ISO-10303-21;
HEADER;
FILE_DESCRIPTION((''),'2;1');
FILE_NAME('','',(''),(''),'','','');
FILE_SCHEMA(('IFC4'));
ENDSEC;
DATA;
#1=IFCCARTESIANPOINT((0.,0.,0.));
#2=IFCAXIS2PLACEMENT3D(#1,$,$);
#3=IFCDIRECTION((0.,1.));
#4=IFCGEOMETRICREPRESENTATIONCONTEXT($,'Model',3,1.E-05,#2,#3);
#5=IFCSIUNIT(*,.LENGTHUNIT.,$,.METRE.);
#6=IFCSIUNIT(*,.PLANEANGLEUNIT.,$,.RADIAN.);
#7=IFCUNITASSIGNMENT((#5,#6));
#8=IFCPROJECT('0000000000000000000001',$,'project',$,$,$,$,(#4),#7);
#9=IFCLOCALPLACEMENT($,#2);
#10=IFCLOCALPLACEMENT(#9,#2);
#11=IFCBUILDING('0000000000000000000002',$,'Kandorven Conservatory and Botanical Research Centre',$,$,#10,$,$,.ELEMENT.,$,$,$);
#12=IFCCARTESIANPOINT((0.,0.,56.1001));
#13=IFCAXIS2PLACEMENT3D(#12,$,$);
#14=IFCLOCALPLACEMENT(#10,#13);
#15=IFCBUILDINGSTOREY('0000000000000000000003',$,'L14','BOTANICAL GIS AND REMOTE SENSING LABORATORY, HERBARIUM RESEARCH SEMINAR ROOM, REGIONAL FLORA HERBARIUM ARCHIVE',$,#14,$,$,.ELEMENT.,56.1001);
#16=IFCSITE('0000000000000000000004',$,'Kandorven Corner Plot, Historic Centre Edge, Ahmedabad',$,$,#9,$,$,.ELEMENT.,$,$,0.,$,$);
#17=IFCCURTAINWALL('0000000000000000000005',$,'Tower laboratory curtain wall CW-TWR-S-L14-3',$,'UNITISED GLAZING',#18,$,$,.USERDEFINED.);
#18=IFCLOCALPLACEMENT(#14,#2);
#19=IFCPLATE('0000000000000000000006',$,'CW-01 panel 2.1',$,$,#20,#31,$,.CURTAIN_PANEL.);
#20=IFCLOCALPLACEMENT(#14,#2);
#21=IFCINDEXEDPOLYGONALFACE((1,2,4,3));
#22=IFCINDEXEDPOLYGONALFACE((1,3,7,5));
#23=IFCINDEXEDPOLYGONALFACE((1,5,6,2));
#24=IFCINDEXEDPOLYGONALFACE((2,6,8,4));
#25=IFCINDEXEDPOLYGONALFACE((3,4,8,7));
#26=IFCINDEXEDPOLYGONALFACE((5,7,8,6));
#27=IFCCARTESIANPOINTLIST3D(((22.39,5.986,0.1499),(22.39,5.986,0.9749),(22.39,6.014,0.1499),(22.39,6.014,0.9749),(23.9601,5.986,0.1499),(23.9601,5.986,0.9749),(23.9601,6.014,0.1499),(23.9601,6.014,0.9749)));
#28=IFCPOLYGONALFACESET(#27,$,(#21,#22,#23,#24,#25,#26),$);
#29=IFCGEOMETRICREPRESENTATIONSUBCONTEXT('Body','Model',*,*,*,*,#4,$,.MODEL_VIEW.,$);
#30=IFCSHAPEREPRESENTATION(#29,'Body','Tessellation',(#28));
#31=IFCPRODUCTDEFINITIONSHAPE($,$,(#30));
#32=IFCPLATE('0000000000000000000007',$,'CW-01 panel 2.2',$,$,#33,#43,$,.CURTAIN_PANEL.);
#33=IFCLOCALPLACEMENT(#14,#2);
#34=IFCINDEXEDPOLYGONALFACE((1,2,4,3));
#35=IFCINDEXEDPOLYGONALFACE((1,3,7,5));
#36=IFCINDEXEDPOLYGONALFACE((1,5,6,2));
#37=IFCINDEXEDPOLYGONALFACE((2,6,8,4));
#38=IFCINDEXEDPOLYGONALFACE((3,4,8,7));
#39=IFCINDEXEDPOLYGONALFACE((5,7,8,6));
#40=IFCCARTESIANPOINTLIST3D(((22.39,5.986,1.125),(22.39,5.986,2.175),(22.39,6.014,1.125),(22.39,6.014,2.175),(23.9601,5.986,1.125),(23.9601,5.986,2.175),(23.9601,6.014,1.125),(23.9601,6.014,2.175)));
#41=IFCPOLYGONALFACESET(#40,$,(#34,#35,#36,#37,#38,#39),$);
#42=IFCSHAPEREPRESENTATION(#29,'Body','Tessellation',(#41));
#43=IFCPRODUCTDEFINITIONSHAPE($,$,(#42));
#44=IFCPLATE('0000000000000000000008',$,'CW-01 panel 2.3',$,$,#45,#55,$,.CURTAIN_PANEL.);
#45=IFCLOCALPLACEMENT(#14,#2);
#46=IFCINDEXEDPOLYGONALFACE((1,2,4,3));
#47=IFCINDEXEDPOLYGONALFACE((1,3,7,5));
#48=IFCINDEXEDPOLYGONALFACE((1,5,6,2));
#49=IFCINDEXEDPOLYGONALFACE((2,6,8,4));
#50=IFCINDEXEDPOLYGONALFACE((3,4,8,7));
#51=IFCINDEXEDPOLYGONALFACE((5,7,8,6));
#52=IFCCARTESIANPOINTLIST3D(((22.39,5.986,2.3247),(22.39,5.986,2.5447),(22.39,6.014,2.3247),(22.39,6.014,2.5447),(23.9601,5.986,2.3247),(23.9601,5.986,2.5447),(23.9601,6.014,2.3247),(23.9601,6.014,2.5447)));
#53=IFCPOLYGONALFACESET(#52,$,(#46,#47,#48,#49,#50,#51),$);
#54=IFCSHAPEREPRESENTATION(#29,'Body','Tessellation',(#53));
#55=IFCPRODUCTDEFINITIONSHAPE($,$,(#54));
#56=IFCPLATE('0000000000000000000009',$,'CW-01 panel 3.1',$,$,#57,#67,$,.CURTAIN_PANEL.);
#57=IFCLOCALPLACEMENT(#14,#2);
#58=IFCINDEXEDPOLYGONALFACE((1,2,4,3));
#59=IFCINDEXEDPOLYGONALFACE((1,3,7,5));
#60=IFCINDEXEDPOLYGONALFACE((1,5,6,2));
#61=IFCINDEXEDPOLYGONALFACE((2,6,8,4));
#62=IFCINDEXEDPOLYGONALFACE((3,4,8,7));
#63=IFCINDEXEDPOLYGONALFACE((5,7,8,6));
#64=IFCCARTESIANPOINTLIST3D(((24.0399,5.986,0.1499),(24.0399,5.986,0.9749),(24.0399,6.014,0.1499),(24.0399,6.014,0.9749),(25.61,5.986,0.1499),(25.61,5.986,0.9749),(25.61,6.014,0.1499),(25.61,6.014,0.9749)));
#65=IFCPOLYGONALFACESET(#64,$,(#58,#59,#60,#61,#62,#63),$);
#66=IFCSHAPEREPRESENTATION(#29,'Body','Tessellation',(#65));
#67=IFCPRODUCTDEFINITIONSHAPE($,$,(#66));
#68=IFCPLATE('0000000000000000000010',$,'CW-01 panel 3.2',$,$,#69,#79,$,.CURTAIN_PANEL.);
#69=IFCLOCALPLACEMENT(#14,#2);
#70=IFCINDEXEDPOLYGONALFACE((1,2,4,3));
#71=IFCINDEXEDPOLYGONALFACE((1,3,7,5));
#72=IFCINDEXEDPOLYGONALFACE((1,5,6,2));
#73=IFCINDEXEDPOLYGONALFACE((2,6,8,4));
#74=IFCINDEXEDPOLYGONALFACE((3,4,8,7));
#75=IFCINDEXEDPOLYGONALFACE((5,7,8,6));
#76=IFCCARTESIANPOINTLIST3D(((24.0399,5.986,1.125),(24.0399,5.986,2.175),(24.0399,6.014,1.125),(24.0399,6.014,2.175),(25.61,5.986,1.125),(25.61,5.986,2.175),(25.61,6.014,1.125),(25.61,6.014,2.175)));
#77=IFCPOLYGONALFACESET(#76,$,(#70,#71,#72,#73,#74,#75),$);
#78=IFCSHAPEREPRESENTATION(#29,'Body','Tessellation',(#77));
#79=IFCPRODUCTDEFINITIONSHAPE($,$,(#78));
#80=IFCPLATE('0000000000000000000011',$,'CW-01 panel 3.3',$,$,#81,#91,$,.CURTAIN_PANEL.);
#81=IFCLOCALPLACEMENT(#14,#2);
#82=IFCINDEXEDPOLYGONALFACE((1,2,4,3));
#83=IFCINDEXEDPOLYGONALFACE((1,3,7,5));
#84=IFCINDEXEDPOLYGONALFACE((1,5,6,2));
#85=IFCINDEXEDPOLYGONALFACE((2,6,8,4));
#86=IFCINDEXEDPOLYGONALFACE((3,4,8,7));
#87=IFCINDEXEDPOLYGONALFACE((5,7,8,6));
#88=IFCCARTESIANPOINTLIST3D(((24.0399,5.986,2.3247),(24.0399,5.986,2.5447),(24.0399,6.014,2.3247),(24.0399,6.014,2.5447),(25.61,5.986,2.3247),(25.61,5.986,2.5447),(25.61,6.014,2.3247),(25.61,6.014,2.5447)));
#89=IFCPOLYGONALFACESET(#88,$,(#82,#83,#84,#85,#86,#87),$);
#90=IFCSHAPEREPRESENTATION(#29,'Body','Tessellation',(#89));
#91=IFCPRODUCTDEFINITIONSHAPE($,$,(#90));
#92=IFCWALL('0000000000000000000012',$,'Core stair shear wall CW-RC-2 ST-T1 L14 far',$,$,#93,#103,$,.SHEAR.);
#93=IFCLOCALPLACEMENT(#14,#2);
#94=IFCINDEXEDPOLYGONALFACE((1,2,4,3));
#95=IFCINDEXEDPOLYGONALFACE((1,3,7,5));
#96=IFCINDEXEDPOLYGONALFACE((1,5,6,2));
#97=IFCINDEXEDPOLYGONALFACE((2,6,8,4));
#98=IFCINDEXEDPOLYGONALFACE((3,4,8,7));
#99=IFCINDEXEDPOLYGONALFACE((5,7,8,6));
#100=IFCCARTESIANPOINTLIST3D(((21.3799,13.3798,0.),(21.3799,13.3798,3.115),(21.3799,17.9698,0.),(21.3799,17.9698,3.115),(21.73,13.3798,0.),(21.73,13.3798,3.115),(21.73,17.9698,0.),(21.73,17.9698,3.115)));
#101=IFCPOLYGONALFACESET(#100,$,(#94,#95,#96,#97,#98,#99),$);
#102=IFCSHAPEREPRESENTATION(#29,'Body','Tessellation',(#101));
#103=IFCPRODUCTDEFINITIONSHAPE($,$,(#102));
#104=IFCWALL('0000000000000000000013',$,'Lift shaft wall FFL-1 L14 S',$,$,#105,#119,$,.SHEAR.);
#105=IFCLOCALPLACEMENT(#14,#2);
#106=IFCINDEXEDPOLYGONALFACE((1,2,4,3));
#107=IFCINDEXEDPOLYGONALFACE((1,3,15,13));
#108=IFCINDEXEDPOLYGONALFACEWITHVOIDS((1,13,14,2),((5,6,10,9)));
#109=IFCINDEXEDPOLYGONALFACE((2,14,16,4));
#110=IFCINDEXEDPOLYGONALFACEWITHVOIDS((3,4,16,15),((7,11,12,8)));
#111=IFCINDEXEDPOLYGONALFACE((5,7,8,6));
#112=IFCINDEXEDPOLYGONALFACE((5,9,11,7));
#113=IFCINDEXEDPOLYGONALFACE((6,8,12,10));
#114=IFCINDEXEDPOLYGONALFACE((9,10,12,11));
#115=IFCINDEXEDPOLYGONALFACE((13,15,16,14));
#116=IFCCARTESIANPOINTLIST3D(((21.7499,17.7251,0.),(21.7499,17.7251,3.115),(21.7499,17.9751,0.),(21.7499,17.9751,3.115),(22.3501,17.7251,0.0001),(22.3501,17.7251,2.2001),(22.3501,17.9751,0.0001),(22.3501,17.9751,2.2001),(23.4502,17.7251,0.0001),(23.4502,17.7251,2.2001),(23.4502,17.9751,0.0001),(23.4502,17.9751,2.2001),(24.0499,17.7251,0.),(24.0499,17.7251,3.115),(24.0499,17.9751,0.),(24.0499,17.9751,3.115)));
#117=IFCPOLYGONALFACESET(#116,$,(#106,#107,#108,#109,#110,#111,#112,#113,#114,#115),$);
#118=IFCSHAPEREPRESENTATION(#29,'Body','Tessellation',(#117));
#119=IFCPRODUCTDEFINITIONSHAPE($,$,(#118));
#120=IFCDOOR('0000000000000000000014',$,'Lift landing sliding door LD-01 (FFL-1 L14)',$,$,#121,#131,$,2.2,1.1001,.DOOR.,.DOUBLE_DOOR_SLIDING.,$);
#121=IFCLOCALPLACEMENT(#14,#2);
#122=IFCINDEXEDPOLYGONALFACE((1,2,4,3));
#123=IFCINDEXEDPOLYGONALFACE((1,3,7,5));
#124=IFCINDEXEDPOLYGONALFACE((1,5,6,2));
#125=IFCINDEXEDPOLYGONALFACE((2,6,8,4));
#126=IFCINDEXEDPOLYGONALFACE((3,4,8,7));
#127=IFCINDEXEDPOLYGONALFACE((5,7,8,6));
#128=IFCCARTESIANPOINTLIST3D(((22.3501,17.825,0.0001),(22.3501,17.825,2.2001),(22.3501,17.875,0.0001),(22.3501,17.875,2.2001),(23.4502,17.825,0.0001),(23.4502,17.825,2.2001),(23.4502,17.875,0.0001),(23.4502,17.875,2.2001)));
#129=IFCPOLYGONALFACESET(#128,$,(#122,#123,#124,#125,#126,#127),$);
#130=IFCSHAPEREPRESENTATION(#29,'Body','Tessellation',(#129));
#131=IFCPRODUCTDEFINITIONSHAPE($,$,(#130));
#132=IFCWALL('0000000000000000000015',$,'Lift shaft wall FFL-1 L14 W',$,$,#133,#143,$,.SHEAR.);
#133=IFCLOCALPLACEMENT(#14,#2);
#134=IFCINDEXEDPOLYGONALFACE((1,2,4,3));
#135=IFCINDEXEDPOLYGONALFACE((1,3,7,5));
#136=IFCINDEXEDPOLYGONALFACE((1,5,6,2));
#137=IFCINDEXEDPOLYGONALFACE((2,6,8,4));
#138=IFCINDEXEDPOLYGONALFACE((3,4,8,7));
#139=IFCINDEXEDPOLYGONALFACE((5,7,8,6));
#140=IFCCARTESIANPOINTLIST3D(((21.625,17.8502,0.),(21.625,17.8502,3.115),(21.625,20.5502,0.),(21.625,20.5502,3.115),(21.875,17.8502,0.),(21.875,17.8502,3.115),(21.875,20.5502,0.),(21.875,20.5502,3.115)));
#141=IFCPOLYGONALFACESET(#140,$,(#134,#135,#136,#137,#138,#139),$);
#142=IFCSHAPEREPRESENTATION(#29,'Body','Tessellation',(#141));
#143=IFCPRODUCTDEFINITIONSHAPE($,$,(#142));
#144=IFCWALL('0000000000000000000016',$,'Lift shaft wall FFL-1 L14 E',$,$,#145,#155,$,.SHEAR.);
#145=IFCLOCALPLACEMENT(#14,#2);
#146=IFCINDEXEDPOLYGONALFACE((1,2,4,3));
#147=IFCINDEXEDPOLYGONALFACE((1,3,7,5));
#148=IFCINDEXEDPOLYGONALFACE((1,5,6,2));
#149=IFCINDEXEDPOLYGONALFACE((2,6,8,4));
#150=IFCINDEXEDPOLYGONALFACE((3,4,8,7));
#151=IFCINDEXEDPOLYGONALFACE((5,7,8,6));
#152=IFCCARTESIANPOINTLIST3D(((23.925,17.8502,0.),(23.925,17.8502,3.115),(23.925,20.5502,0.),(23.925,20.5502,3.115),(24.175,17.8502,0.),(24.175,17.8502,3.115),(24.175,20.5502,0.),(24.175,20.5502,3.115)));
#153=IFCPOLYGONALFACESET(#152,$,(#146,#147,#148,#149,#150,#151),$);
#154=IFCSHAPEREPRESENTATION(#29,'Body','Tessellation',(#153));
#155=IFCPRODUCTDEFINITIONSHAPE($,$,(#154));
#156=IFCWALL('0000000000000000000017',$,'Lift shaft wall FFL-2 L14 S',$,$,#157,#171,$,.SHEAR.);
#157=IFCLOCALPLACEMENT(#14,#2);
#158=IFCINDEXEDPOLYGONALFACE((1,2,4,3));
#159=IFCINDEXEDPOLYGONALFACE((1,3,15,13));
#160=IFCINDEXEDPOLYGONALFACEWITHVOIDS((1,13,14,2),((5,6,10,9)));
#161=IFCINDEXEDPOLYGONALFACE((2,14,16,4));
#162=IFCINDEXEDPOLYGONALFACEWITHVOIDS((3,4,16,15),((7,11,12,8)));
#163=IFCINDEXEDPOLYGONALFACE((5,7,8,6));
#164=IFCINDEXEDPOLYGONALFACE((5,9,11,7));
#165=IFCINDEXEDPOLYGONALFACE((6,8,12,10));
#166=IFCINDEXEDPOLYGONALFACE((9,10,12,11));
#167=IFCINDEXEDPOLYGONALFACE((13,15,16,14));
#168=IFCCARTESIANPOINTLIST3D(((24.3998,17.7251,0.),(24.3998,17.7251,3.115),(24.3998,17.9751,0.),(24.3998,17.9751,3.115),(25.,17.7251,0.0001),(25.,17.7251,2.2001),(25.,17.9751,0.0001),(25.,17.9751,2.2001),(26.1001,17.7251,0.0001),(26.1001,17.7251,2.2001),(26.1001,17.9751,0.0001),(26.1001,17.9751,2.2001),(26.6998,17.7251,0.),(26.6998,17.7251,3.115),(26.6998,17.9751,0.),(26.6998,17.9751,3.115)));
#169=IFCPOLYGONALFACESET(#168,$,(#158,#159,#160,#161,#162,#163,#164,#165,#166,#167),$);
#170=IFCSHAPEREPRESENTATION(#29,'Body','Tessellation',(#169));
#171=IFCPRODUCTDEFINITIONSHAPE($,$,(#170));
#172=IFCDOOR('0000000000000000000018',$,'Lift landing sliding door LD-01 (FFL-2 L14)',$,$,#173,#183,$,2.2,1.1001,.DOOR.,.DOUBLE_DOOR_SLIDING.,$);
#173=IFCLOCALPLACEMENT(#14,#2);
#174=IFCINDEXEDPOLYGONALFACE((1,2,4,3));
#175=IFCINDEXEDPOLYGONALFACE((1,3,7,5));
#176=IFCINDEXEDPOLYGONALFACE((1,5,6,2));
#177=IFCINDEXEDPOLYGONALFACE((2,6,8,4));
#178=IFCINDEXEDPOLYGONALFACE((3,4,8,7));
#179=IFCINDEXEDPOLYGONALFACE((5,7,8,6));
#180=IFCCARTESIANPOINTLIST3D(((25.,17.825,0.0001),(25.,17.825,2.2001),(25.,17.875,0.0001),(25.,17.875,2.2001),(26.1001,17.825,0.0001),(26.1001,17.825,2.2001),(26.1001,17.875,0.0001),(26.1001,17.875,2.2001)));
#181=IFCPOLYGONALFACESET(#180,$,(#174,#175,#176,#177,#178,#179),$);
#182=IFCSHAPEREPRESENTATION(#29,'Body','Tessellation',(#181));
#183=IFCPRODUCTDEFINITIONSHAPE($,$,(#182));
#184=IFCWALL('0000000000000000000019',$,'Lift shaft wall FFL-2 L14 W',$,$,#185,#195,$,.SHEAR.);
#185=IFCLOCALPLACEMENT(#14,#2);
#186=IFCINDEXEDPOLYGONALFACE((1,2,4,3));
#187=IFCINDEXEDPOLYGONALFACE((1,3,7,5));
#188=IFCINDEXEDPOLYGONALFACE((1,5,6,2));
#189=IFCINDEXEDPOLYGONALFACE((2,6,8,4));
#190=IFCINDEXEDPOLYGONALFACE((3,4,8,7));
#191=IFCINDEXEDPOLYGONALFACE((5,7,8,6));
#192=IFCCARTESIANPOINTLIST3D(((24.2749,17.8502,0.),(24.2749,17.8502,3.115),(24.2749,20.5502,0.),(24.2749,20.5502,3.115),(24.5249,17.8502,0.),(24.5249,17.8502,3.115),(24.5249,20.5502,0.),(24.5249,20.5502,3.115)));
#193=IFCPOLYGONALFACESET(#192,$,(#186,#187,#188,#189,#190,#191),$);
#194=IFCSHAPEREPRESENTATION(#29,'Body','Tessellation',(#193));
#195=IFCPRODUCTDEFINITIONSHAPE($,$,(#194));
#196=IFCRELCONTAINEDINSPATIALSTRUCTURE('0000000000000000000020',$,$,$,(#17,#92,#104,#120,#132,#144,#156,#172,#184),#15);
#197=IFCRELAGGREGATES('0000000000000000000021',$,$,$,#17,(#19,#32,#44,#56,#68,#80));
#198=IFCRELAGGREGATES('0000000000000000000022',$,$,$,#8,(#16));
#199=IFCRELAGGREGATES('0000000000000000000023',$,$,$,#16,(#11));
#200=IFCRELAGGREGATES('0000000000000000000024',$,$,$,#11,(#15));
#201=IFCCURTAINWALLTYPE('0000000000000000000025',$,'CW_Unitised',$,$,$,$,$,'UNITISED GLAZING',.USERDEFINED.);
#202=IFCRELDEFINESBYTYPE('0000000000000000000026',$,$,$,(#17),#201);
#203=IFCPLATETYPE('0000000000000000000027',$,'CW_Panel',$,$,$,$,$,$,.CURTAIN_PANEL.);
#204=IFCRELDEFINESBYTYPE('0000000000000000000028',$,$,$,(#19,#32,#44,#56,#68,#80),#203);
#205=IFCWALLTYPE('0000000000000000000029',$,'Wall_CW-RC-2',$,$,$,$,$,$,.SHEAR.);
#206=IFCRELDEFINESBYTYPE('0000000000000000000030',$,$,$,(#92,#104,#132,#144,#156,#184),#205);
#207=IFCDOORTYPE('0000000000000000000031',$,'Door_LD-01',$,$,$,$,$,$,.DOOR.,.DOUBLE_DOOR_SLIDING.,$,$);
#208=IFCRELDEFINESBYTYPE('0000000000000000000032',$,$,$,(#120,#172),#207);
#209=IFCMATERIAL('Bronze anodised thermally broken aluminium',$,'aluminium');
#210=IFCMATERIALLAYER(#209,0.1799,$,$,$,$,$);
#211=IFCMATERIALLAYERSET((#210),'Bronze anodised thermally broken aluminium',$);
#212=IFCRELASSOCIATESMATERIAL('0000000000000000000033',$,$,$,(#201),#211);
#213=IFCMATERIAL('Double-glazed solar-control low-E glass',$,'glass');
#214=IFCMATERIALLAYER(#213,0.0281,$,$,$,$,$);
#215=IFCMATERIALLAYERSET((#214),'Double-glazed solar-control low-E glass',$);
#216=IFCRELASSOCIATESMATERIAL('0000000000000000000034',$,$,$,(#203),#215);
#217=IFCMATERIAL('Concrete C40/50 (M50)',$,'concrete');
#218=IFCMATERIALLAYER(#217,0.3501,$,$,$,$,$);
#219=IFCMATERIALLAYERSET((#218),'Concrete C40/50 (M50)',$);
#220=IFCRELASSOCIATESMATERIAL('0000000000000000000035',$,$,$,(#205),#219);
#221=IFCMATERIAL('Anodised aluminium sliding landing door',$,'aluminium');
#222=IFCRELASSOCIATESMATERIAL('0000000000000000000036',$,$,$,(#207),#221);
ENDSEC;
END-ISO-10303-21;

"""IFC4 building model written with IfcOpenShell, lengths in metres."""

from ifc_helpers import new_model, si_unit, direction, frame, frame_2d, origin, origin_2d, place, context, subcontext, project, spatial, rectangle, extrude, material, layer, layer_set, type_object, element, fill, aggregate, save


model = new_model("IFC4")

# Units and contexts
model_context = context("Model", 3, precision=1e-05, world=origin(), true_north=direction((0.0, 1.0)))
body_context = subcontext(model_context, "Body", "Model", "MODEL_VIEW")
ifc_project = project(units=[si_unit("LENGTHUNIT", "METRE"), si_unit("PLANEANGLEUNIT", "RADIAN")], contexts=[model_context])

# Site, building, storey
site_placement = place(None, origin())
site = spatial("IfcSite", under=ifc_project, at=site_placement, Name="Kandorven Corner Plot, Historic Centre Edge, Ahmedabad", CompositionType="ELEMENT", RefElevation=0.0)
building_placement = place(site_placement, origin())
building = spatial("IfcBuilding", under=site, at=building_placement, Name="Kandorven Conservatory and Botanical Research Centre", CompositionType="ELEMENT")
storey_placement = place(building_placement, frame((0.0, 0.0, 56.1001)))
storey = spatial("IfcBuildingStorey", under=building, at=storey_placement, Name="L14", Description="BOTANICAL GIS AND REMOTE SENSING LABORATORY, HERBARIUM RESEARCH SEMINAR ROOM, REGIONAL FLORA HERBARIUM ARCHIVE", CompositionType="ELEMENT", Elevation=56.1001)

# Curtain wall, plates
ifc_material_1 = material(Name="Bronze anodised thermally broken aluminium", Category="aluminium")
ifc_layer_1 = layer(ifc_material_1, 0.1799)
ifc_layer_set_1 = layer_set([ifc_layer_1], Name="Bronze anodised thermally broken aluminium")
curtain_wall_type = type_object("IfcCurtainWallType", Name="CW_Unitised", ElementType="UNITISED GLAZING", PredefinedType="USERDEFINED", material=ifc_layer_set_1)
curtain_wall_placement = place(storey_placement, origin())
curtain_wall = element("IfcCurtainWall", 1, at=curtain_wall_placement, inside=storey, type_object=curtain_wall_type, Name="Tower laboratory curtain wall CW-TWR-S-L14-3", ObjectType="UNITISED GLAZING", PredefinedType="USERDEFINED")
ifc_material_2 = material(Name="Double-glazed solar-control low-E glass", Category="glass")
ifc_layer_2 = layer(ifc_material_2, 0.0281)
ifc_layer_set_2 = layer_set([ifc_layer_2], Name="Double-glazed solar-control low-E glass")
plate_type = type_object("IfcPlateType", Name="CW_Panel", PredefinedType="CURTAIN_PANEL", material=ifc_layer_set_2)
plate_1_placement = place(storey_placement, frame((23.175, 6.0, 0.1499), z_axis=(0.0, 0.0, 1.0), x_axis=(1.0, 0.0, 0.0)))
plate_1 = element("IfcPlate", 2, at=plate_1_placement, type_object=plate_type, Name="CW-01 panel 2.1", PredefinedType="CURTAIN_PANEL", context=body_context, shape_type="SweptSolid", body=[
    extrude(rectangle(XDim=1.5701, YDim=0.0281, at=origin_2d()), origin(), (0.0, 0.0, 1.0), 0.825),
])
plate_2_placement = place(storey_placement, frame((23.175, 6.0, 1.125), z_axis=(0.0, 0.0, 1.0), x_axis=(1.0, 0.0, 0.0)))
plate_2 = element("IfcPlate", 3, at=plate_2_placement, type_object=plate_type, Name="CW-01 panel 2.2", PredefinedType="CURTAIN_PANEL", context=body_context, shape_type="SweptSolid", body=[
    extrude(rectangle(XDim=1.5701, YDim=0.0281, at=origin_2d()), origin(), (0.0, 0.0, 1.0), 1.05),
])
plate_3_placement = place(storey_placement, frame((23.175, 6.0, 2.3247), z_axis=(0.0, 0.0, 1.0), x_axis=(1.0, 0.0, 0.0)))
plate_3 = element("IfcPlate", 4, at=plate_3_placement, type_object=plate_type, Name="CW-01 panel 2.3", PredefinedType="CURTAIN_PANEL", context=body_context, shape_type="SweptSolid", body=[
    extrude(rectangle(XDim=1.5701, YDim=0.0281, at=origin_2d()), origin(), (0.0, 0.0, 1.0), 0.22),
])
plate_4_placement = place(storey_placement, frame((24.825, 6.0, 0.1499), z_axis=(0.0, 0.0, 1.0), x_axis=(1.0, 0.0, 0.0)))
plate_4 = element("IfcPlate", 5, at=plate_4_placement, type_object=plate_type, Name="CW-01 panel 3.1", PredefinedType="CURTAIN_PANEL", context=body_context, shape_type="SweptSolid", body=[
    extrude(rectangle(XDim=1.5701, YDim=0.0281, at=origin_2d()), origin(), (0.0, 0.0, 1.0), 0.825),
])
plate_5_placement = place(storey_placement, frame((24.825, 6.0, 1.125), z_axis=(0.0, 0.0, 1.0), x_axis=(1.0, 0.0, 0.0)))
plate_5 = element("IfcPlate", 6, at=plate_5_placement, type_object=plate_type, Name="CW-01 panel 3.2", PredefinedType="CURTAIN_PANEL", context=body_context, shape_type="SweptSolid", body=[
    extrude(rectangle(XDim=1.5701, YDim=0.0281, at=origin_2d()), origin(), (0.0, 0.0, 1.0), 1.05),
])
plate_6_placement = place(storey_placement, frame((24.825, 6.0, 2.3247), z_axis=(0.0, 0.0, 1.0), x_axis=(1.0, 0.0, 0.0)))
plate_6 = element("IfcPlate", 7, at=plate_6_placement, type_object=plate_type, Name="CW-01 panel 3.3", PredefinedType="CURTAIN_PANEL", context=body_context, shape_type="SweptSolid", body=[
    extrude(rectangle(XDim=1.5701, YDim=0.0281, at=origin_2d()), origin(), (0.0, 0.0, 1.0), 0.22),
])
aggregate(curtain_wall, [plate_1, plate_2, plate_3, plate_4, plate_5, plate_6])

# Wall
ifc_material_3 = material(Name="Concrete C40/50 (M50)", Category="concrete")
ifc_layer_3 = layer(ifc_material_3, 0.3501)
ifc_layer_set_3 = layer_set([ifc_layer_3], Name="Concrete C40/50 (M50)")
wall_type_1 = type_object("IfcWallType", Name="Wall_CW-RC-2", PredefinedType="SHEAR", material=ifc_layer_set_3)
wall_1_placement = place(storey_placement, frame((21.5549, 13.3799, 0.0), z_axis=(0.0, 0.0, 1.0), x_axis=(0.0, 1.0, 0.0)))
element("IfcWall", 8, at=wall_1_placement, inside=storey, type_object=wall_type_1, Name="Core stair shear wall CW-RC-2 ST-T1 L14 far", PredefinedType="SHEAR", context=body_context, shape_type="SweptSolid", body=[
    extrude(rectangle(XDim=4.5901, YDim=0.3501, at=frame_2d((2.2949, 0.0))), origin(), (0.0, 0.0, 1.0), 3.115),
])

# Wall, opening, door
wall_2_placement = place(storey_placement, frame((21.75, 17.8501, 0.0), z_axis=(0.0, 0.0, 1.0), x_axis=(1.0, 0.0, 0.0)))
wall_2 = element("IfcWall", 9, at=wall_2_placement, inside=storey, type_object=wall_type_1, Name="Lift shaft wall FFL-1 L14 S", PredefinedType="SHEAR", context=body_context, shape_type="SweptSolid", body=[
    extrude(rectangle(XDim=2.3, YDim=0.25, at=frame_2d((1.1499, 0.0))), origin(), (0.0, 0.0, 1.0), 3.115),
])
opening_1_placement = place(wall_2_placement, frame((0.6001, 0.0, 0.0)))
opening_1 = element("IfcOpeningElement", 10, at=opening_1_placement, cuts=wall_2, PredefinedType="OPENING", context=body_context, shape_type="SweptSolid", body=[
    extrude(rectangle(XDim=1.1001, YDim=2.2, at=frame_2d((0.55, 1.1001))), frame((0.0, 0.135, 0.0), z_axis=(0.0, -1.0, 0.0), x_axis=(1.0, 0.0, 0.0)), (0.0, 0.0, 1.0), 0.27),
])
ifc_material_4 = material(Name="Anodised aluminium sliding landing door", Category="aluminium")
door_type_1 = type_object("IfcDoorType", Name="Door_LD-01", OperationType="DOUBLE_DOOR_SLIDING", PredefinedType="DOOR", material=ifc_material_4)
door_1_placement = place(opening_1_placement, origin())
door_1 = element("IfcDoor", 11, at=door_1_placement, inside=storey, type_object=door_type_1, Name="Lift landing sliding door LD-01 (FFL-1 L14)", OperationType="DOUBLE_DOOR_SLIDING", OverallHeight=2.2, OverallWidth=1.1001, PredefinedType="DOOR", context=body_context, shape_type="SweptSolid", body=[
    extrude(rectangle(XDim=1.1001, YDim=2.2, at=frame_2d((0.55, 1.1001))), frame((0.0, 0.0249, 0.0), z_axis=(0.0, -1.0, 0.0), x_axis=(1.0, 0.0, 0.0)), (0.0, 0.0, 1.0), 0.05),
])
fill(opening_1, door_1)

# Walls
for number, where, z_axis, x_axis, name in (
    (12, (21.75, 17.8501, 0.0), (0.0, 0.0, 1.0), (0.0, 1.0, 0.0), "Lift shaft wall FFL-1 L14 W"),
    (13, (24.05, 17.8501, 0.0), (0.0, 0.0, 1.0), (0.0, 1.0, 0.0), "Lift shaft wall FFL-1 L14 E"),
):
    element("IfcWall", number, at=place(storey_placement, frame(where, z_axis=z_axis, x_axis=x_axis)), inside=storey, type_object=wall_type_1, Name=name, PredefinedType="SHEAR", context=body_context, shape_type="SweptSolid", body=[
        extrude(rectangle(XDim=2.7, YDim=0.25, at=frame_2d((1.3501, 0.0))), origin(), (0.0, 0.0, 1.0), 3.115),
    ])

# Wall, opening, door
wall_3_placement = place(storey_placement, frame((24.3999, 17.8501, 0.0), z_axis=(0.0, 0.0, 1.0), x_axis=(1.0, 0.0, 0.0)))
wall_3 = element("IfcWall", 14, at=wall_3_placement, inside=storey, type_object=wall_type_1, Name="Lift shaft wall FFL-2 L14 S", PredefinedType="SHEAR", context=body_context, shape_type="SweptSolid", body=[
    extrude(rectangle(XDim=2.3, YDim=0.25, at=frame_2d((1.1499, 0.0))), origin(), (0.0, 0.0, 1.0), 3.115),
])
opening_2_placement = place(wall_3_placement, frame((0.6001, 0.0, 0.0)))
opening_2 = element("IfcOpeningElement", 15, at=opening_2_placement, cuts=wall_3, PredefinedType="OPENING", context=body_context, shape_type="SweptSolid", body=[
    extrude(rectangle(XDim=1.1001, YDim=2.2, at=frame_2d((0.55, 1.1001))), frame((0.0, 0.135, 0.0), z_axis=(0.0, -1.0, 0.0), x_axis=(1.0, 0.0, 0.0)), (0.0, 0.0, 1.0), 0.27),
])
door_2_placement = place(opening_2_placement, origin())
door_2 = element("IfcDoor", 16, at=door_2_placement, inside=storey, type_object=door_type_1, Name="Lift landing sliding door LD-01 (FFL-2 L14)", OperationType="DOUBLE_DOOR_SLIDING", OverallHeight=2.2, OverallWidth=1.1001, PredefinedType="DOOR", context=body_context, shape_type="SweptSolid", body=[
    extrude(rectangle(XDim=1.1001, YDim=2.2, at=frame_2d((0.55, 1.1001))), frame((0.0, 0.0249, 0.0), z_axis=(0.0, -1.0, 0.0), x_axis=(1.0, 0.0, 0.0)), (0.0, 0.0, 1.0), 0.05),
])
fill(opening_2, door_2)

# Wall
wall_4_placement = place(storey_placement, frame((24.3999, 17.8501, 0.0), z_axis=(0.0, 0.0, 1.0), x_axis=(0.0, 1.0, 0.0)))
element("IfcWall", 17, at=wall_4_placement, inside=storey, type_object=wall_type_1, Name="Lift shaft wall FFL-2 L14 W", PredefinedType="SHEAR", context=body_context, shape_type="SweptSolid", body=[
    extrude(rectangle(XDim=2.7, YDim=0.25, at=frame_2d((1.3501, 0.0))), origin(), (0.0, 0.0, 1.0), 3.115),
])

save(model, "model.ifc")
